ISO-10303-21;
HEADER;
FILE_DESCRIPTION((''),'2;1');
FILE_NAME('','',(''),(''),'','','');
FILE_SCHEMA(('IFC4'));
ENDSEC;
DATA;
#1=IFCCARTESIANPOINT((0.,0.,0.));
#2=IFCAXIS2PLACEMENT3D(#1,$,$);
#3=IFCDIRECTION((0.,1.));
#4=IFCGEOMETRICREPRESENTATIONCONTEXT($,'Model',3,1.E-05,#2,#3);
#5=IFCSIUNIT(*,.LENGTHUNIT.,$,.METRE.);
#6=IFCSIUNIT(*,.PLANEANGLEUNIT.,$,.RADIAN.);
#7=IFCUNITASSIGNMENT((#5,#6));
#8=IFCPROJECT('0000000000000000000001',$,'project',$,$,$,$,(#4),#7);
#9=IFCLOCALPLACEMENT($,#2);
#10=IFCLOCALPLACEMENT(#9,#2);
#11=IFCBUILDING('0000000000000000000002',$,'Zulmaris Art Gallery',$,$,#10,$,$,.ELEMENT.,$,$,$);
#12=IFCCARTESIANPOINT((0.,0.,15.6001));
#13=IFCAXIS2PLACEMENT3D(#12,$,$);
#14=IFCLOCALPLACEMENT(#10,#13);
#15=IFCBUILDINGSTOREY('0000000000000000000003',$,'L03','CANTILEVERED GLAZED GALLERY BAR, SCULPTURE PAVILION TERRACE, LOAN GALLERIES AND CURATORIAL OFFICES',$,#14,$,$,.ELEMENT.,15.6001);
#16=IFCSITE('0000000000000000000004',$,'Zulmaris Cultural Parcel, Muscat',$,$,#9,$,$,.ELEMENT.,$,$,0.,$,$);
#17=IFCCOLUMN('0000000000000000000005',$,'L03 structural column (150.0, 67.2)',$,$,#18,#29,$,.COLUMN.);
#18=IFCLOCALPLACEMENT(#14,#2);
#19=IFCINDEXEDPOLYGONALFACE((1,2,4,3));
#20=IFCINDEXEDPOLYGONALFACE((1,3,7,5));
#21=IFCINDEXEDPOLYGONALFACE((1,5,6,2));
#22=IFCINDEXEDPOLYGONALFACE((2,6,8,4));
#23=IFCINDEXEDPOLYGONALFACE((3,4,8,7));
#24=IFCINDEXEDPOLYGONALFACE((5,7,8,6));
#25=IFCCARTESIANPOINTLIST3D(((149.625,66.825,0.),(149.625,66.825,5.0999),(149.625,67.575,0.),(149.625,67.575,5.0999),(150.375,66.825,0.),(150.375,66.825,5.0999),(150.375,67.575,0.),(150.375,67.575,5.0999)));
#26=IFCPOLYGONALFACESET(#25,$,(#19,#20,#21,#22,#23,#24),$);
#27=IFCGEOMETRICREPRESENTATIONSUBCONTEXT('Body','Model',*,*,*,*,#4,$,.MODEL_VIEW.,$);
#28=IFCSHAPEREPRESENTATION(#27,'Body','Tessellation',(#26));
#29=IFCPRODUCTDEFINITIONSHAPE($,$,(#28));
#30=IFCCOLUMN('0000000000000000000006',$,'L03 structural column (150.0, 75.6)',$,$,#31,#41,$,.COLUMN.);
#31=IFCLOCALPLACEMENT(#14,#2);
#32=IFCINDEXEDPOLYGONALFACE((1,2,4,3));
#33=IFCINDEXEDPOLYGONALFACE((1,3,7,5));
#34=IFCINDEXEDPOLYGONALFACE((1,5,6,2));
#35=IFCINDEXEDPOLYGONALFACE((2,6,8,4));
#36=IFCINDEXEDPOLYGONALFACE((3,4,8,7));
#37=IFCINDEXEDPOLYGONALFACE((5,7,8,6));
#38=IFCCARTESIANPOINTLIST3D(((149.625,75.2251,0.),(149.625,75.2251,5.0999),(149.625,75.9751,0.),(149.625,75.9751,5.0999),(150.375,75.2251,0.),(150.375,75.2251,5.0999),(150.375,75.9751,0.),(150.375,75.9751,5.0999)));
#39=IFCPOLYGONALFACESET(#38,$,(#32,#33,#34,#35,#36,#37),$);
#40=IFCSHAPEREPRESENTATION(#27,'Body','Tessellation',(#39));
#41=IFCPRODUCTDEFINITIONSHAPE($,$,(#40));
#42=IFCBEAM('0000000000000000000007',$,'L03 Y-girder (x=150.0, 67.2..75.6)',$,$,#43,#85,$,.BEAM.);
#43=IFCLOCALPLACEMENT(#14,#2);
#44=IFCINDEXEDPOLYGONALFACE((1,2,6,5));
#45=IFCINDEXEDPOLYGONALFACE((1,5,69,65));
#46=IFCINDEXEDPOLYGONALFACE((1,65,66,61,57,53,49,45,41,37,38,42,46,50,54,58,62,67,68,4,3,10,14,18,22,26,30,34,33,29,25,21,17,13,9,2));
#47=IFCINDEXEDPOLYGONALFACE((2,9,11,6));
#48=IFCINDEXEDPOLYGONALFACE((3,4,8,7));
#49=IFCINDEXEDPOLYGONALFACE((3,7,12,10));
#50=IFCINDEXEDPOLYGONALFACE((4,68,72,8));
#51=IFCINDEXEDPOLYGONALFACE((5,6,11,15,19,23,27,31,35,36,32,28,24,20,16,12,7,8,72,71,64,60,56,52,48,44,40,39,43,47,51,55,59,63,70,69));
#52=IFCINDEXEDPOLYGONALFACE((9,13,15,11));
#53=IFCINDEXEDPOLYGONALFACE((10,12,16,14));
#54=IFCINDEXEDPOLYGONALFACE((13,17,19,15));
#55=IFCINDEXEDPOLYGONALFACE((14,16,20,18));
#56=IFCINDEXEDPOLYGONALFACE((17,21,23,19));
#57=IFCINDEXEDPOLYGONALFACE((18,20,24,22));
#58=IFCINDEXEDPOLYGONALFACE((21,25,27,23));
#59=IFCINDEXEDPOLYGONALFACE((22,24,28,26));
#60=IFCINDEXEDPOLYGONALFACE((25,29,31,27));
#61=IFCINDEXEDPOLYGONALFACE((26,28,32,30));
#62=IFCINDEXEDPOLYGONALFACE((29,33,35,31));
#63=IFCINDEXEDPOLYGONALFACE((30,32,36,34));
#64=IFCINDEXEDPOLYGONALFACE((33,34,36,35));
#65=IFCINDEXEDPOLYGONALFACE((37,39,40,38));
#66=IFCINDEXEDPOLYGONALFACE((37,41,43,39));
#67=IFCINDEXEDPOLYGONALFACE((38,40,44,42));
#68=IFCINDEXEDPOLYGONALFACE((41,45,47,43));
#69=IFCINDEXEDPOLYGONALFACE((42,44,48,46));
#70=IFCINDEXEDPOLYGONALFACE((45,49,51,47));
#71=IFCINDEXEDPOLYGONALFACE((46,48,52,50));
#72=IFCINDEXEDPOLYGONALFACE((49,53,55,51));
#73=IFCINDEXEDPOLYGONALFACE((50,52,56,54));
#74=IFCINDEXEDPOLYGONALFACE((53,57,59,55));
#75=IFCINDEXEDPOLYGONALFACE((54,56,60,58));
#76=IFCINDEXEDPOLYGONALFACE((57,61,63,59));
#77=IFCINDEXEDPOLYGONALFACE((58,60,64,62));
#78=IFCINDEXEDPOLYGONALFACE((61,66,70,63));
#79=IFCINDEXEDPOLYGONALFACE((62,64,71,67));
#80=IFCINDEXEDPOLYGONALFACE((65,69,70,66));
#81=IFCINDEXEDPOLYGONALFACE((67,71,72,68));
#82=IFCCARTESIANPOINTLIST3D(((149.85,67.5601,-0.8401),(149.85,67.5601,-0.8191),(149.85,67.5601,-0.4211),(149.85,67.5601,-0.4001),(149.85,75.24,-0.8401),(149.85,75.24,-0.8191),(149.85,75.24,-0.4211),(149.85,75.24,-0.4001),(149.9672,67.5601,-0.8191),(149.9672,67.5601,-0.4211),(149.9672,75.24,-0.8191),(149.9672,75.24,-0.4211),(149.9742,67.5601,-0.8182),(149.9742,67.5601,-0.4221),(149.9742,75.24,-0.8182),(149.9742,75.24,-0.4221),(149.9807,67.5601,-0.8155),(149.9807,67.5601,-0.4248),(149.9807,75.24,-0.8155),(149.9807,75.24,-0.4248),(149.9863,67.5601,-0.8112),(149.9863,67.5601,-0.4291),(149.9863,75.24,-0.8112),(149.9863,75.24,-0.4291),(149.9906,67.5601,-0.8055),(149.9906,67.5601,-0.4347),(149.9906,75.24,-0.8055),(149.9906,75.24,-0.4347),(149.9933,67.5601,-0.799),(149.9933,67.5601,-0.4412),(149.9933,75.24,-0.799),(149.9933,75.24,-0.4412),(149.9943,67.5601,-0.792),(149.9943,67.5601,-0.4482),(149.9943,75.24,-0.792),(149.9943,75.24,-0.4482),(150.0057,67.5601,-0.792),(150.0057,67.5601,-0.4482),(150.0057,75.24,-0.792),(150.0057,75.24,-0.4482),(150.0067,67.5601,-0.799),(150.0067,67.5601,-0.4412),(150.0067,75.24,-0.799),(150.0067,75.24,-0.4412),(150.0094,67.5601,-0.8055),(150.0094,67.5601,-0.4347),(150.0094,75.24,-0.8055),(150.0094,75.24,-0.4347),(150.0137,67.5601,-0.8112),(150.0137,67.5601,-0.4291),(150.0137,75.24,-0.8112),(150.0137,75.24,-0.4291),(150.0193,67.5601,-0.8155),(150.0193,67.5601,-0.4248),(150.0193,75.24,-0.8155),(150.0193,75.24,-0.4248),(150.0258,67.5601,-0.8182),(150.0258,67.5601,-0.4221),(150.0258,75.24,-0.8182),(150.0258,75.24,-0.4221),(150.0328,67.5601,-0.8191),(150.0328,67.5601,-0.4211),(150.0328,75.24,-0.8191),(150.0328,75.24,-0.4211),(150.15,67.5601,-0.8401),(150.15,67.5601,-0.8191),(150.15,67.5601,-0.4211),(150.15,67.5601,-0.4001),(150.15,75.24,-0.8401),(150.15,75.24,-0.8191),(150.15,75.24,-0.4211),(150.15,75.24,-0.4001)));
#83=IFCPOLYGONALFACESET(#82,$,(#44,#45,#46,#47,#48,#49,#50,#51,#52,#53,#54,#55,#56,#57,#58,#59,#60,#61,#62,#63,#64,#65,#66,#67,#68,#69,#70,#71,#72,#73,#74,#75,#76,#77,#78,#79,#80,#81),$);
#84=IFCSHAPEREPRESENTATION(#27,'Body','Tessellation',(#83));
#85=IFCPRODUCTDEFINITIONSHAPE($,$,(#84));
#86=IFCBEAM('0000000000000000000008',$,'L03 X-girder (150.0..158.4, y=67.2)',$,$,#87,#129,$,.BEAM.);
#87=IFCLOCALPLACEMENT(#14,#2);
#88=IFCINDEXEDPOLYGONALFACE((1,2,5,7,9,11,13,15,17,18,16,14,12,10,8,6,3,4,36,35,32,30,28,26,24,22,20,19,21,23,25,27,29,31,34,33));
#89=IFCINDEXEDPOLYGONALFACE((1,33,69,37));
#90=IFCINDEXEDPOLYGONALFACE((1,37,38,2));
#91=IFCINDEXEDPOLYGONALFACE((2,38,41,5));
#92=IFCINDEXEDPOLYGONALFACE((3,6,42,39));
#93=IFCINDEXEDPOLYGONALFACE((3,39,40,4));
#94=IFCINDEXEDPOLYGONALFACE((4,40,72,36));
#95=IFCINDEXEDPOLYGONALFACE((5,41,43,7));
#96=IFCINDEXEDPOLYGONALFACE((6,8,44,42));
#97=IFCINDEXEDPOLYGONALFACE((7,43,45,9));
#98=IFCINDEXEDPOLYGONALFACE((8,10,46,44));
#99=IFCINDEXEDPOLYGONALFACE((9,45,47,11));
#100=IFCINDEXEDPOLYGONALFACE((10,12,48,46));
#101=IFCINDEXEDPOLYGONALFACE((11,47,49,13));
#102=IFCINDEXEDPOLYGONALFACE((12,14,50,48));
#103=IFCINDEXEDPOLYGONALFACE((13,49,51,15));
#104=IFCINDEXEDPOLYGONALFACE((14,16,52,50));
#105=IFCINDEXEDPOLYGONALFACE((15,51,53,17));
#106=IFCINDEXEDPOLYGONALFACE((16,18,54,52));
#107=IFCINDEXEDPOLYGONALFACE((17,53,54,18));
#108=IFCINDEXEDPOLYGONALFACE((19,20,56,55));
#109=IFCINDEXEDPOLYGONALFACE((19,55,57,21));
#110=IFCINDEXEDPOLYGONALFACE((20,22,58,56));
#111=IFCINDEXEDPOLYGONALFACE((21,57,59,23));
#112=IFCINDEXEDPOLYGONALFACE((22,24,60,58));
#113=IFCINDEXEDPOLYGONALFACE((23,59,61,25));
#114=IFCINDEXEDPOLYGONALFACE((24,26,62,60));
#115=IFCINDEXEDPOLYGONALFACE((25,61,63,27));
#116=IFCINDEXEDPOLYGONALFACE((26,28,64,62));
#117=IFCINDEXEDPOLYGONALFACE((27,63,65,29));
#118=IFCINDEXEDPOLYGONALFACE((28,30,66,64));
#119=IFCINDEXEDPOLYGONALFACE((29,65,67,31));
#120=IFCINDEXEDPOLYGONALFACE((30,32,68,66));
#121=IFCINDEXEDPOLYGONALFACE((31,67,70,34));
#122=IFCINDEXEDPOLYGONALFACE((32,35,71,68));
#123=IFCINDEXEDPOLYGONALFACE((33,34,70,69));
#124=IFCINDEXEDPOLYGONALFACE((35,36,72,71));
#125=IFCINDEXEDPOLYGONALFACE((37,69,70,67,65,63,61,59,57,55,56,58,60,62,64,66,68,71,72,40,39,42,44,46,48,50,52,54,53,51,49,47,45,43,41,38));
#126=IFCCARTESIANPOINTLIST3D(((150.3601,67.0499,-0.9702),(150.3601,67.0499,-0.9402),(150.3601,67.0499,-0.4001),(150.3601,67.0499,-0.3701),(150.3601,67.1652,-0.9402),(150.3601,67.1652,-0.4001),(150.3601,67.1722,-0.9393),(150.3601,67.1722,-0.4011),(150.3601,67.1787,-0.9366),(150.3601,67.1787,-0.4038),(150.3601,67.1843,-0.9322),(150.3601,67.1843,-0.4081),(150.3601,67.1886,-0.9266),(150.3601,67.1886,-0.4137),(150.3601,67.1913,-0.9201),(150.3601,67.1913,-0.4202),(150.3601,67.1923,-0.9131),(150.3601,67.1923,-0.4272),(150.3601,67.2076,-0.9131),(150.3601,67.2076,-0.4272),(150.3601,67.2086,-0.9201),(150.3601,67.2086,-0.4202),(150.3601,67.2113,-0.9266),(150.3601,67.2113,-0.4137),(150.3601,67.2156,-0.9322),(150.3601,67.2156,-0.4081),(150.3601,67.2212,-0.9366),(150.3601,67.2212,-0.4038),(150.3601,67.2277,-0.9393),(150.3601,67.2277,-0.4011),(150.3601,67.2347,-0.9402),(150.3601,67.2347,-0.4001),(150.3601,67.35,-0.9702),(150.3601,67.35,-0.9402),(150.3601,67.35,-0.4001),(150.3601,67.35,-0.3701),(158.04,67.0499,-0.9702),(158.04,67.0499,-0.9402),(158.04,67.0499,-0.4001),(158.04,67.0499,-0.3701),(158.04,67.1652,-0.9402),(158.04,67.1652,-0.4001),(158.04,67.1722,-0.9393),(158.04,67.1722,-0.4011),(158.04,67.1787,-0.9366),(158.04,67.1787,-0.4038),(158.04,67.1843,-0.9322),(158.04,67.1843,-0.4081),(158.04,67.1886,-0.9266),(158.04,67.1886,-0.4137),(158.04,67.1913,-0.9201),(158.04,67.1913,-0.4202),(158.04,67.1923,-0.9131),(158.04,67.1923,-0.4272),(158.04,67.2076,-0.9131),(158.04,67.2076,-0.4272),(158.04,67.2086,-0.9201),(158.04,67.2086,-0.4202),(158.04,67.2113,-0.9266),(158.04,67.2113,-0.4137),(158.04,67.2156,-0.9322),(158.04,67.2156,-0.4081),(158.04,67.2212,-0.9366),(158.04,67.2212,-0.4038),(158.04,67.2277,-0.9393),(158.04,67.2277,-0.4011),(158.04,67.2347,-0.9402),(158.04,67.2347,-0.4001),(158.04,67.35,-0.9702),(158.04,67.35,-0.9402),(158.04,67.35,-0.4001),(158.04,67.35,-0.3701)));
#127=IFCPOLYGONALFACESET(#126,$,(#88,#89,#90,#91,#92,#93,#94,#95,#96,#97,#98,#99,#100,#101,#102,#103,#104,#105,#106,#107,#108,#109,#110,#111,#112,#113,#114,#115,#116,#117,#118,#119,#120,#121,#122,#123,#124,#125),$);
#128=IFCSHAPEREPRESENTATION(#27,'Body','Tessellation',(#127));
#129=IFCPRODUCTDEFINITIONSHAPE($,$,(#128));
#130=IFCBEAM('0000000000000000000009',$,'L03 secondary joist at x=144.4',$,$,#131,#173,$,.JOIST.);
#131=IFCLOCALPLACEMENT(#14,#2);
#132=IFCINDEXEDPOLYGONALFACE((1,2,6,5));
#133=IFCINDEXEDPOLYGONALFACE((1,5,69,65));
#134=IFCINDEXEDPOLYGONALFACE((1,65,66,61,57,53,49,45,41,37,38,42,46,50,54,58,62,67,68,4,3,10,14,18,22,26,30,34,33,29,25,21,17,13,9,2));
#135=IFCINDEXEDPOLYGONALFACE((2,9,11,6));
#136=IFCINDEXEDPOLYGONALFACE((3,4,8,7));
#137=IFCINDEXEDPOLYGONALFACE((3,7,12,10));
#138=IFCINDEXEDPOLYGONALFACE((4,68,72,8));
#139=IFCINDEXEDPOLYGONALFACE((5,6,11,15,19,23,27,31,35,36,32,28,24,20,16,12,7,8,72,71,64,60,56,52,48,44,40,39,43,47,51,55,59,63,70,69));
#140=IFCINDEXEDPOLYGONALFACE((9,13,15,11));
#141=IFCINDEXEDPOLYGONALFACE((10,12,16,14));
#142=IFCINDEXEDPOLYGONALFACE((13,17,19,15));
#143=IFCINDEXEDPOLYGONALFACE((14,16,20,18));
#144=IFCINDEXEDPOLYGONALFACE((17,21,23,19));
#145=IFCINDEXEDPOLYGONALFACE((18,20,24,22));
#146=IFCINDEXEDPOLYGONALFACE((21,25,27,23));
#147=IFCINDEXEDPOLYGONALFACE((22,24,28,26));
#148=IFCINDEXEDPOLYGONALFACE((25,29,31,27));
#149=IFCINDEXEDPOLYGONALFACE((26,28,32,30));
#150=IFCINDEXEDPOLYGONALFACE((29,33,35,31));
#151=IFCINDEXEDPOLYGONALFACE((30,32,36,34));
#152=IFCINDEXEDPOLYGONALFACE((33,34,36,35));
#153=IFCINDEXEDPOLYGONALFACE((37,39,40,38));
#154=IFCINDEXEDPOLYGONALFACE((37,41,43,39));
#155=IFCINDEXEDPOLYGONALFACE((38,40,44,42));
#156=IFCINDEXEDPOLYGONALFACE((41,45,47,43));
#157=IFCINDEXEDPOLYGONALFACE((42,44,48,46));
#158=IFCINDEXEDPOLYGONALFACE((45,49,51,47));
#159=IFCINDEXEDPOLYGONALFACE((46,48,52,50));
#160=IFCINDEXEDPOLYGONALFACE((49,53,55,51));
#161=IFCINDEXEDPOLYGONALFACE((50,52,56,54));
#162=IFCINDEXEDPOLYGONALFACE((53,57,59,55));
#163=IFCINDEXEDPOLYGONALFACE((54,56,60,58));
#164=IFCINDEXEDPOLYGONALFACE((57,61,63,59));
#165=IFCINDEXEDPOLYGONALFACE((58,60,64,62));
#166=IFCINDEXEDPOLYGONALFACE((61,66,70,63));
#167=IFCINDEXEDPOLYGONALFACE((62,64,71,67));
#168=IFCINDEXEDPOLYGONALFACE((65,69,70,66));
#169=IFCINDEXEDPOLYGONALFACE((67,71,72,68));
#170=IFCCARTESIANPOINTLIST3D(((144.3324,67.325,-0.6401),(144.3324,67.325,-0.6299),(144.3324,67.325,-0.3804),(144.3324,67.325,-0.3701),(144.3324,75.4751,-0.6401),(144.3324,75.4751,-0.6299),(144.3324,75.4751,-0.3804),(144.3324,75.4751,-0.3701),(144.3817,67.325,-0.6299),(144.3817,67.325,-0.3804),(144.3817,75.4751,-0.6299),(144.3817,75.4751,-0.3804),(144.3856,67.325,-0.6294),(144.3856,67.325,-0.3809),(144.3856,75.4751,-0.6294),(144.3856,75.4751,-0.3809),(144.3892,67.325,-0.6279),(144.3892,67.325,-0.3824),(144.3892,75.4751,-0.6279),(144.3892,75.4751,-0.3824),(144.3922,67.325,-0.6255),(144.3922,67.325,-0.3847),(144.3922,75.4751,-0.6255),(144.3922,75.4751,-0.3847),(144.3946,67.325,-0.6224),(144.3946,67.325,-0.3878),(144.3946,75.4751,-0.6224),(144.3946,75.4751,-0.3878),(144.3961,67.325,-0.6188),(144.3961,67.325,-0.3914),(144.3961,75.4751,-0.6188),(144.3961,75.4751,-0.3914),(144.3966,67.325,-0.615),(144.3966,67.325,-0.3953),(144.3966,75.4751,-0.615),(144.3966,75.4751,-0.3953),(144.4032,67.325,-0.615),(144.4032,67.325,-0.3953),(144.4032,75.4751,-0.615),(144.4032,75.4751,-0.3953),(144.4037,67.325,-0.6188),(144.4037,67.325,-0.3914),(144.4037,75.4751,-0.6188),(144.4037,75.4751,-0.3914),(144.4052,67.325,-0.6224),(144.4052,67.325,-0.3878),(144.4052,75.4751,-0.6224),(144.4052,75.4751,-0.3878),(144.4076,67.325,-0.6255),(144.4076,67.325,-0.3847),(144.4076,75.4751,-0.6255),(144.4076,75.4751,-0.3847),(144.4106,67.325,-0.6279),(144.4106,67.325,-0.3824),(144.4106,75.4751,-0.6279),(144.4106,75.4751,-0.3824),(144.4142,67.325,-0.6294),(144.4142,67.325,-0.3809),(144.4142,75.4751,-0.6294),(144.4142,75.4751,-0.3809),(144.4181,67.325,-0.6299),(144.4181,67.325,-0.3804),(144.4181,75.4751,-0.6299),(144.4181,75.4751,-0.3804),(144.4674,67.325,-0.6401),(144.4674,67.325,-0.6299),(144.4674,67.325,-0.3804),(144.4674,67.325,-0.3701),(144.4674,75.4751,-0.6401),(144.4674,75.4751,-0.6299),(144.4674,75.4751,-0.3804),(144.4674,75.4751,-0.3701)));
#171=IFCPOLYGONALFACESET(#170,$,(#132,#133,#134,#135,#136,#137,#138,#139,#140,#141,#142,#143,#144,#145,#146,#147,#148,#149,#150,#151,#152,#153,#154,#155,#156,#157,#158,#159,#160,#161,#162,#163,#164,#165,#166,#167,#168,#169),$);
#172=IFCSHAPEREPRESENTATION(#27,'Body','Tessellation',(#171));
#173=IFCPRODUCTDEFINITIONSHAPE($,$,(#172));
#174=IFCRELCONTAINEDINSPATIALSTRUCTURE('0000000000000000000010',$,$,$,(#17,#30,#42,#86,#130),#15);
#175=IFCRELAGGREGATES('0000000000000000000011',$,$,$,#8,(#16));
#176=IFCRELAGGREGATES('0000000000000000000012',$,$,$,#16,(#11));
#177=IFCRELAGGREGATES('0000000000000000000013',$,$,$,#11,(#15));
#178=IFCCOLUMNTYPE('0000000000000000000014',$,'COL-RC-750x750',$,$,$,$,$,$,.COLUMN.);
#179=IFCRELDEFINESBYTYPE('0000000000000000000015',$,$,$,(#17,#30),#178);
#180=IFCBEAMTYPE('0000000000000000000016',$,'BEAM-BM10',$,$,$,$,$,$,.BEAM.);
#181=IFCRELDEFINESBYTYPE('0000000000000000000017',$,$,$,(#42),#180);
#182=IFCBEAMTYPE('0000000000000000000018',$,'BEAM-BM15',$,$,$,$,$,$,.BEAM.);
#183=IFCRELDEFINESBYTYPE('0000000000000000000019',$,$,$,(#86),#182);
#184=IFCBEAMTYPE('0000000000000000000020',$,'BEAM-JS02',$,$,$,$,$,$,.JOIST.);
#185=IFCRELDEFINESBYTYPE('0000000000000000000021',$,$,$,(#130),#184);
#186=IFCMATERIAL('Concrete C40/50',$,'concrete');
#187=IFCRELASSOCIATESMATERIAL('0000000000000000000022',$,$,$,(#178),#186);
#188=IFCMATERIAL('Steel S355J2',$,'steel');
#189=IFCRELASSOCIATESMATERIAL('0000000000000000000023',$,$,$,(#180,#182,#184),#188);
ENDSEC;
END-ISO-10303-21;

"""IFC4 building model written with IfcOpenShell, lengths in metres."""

from ifc_helpers import new_model, si_unit, direction, frame, origin, origin_2d, place, context, subcontext, project, spatial, rectangle, i_section, extrude, material, material_profile, profile_set, type_object, element, save


model = new_model("IFC4")

# Units and contexts
model_context = context("Model", 3, precision=1e-05, world=origin(), true_north=direction((0.0, 1.0)))
body_context = subcontext(model_context, "Body", "Model", "MODEL_VIEW")
ifc_project = project(units=[si_unit("LENGTHUNIT", "METRE"), si_unit("PLANEANGLEUNIT", "RADIAN")], contexts=[model_context])

# Site, building, storey
site_placement = place(None, origin())
site = spatial("IfcSite", under=ifc_project, at=site_placement, Name="Zulmaris Cultural Parcel, Muscat", CompositionType="ELEMENT", RefElevation=0.0)
building_placement = place(site_placement, origin())
building = spatial("IfcBuilding", under=site, at=building_placement, Name="Zulmaris Art Gallery", CompositionType="ELEMENT")
storey_placement = place(building_placement, frame((0.0, 0.0, 15.6001)))
storey = spatial("IfcBuildingStorey", under=building, at=storey_placement, Name="L03", Description="CANTILEVERED GLAZED GALLERY BAR, SCULPTURE PAVILION TERRACE, LOAN GALLERIES AND CURATORIAL OFFICES", CompositionType="ELEMENT", Elevation=15.6001)

# Columns
ifc_material_1 = material(Name="Concrete C40/50", Category="concrete")
ifc_material_profile_1 = material_profile(ifc_material_1, rectangle(XDim=0.75, YDim=0.75, at=origin_2d()), Name="RC 750x750")
ifc_profile_set_1 = profile_set([ifc_material_profile_1], Name="Concrete C40/50")
column_type = type_object("IfcColumnType", Name="COL-RC-750x750", PredefinedType="COLUMN", material=ifc_profile_set_1)
for number, where, z_axis, x_axis, name in (
    (1, (150.0, 67.2, 0.0), (0.0, 0.0, 1.0), (1.0, 0.0, 0.0), "L03 structural column (150.0, 67.2)"),
    (2, (150.0, 75.6001, 0.0), (0.0, 0.0, 1.0), (1.0, 0.0, 0.0), "L03 structural column (150.0, 75.6)"),
):
    element("IfcColumn", number, at=place(storey_placement, frame(where, z_axis=z_axis, x_axis=x_axis)), inside=storey, type_object=column_type, Name=name, PredefinedType="COLUMN", context=body_context, shape_type="SweptSolid", body=[
        extrude(rectangle(XDim=0.75, YDim=0.75, at=origin_2d()), origin(), (0.0, 0.0, 1.0), 5.0999),
    ])

# Beams
ifc_material_2 = material(Name="Steel S355J2", Category="steel")
ifc_material_profile_2 = material_profile(ifc_material_2, i_section(OverallWidth=0.3, OverallDepth=0.4399, WebThickness=0.0115, FlangeThickness=0.021, FilletRadius=0.0271, at=origin_2d()), Name="HEA 450")
ifc_profile_set_2 = profile_set([ifc_material_profile_2], Name="Steel S355J2")
beam_type_1 = type_object("IfcBeamType", Name="BEAM-BM10", PredefinedType="BEAM", material=ifc_profile_set_2)
beam_1_placement = place(storey_placement, frame((150.0, 67.5601, -0.6201), z_axis=(0.0, 1.0, 0.0), x_axis=(-1.0, 0.0, 0.0)))
element("IfcBeam", 3, at=beam_1_placement, inside=storey, type_object=beam_type_1, Name="L03 Y-girder (x=150.0, 67.2..75.6)", PredefinedType="BEAM", context=body_context, shape_type="SweptSolid", body=[
    extrude(i_section(OverallWidth=0.3, OverallDepth=0.4399, WebThickness=0.0115, FlangeThickness=0.021, FilletRadius=0.0271, at=origin_2d()), origin(), (0.0, 0.0, 1.0), 7.6799),
])
ifc_material_profile_3 = material_profile(ifc_material_2, i_section(OverallWidth=0.3, OverallDepth=0.6001, WebThickness=0.0154, FlangeThickness=0.03, FilletRadius=0.0271, at=origin_2d()), Name="HEB 600")
ifc_profile_set_3 = profile_set([ifc_material_profile_3], Name="Steel S355J2")
beam_type_2 = type_object("IfcBeamType", Name="BEAM-BM15", PredefinedType="BEAM", material=ifc_profile_set_3)
beam_2_placement = place(storey_placement, frame((150.3601, 67.2, -0.6702), z_axis=(1.0, 0.0, 0.0), x_axis=(0.0, 1.0, 0.0)))
element("IfcBeam", 4, at=beam_2_placement, inside=storey, type_object=beam_type_2, Name="L03 X-girder (150.0..158.4, y=67.2)", PredefinedType="BEAM", context=body_context, shape_type="SweptSolid", body=[
    extrude(i_section(OverallWidth=0.3, OverallDepth=0.6001, WebThickness=0.0154, FlangeThickness=0.03, FilletRadius=0.0271, at=origin_2d()), origin(), (0.0, 0.0, 1.0), 7.6799),
])
ifc_material_profile_4 = material_profile(ifc_material_2, i_section(OverallWidth=0.135, OverallDepth=0.27, WebThickness=0.0066, FlangeThickness=0.0103, FilletRadius=0.0149, at=origin_2d()), Name="IPE 270")
ifc_profile_set_4 = profile_set([ifc_material_profile_4], Name="Steel S355J2")
beam_type_3 = type_object("IfcBeamType", Name="BEAM-JS02", PredefinedType="JOIST", material=ifc_profile_set_4)
beam_3_placement = place(storey_placement, frame((144.3999, 67.325, -0.5051), z_axis=(0.0, 1.0, 0.0), x_axis=(-1.0, 0.0, 0.0)))
element("IfcBeam", 5, at=beam_3_placement, inside=storey, type_object=beam_type_3, Name="L03 secondary joist at x=144.4", PredefinedType="JOIST", context=body_context, shape_type="SweptSolid", body=[
    extrude(i_section(OverallWidth=0.135, OverallDepth=0.27, WebThickness=0.0066, FlangeThickness=0.0103, FilletRadius=0.0149, at=origin_2d()), origin(), (0.0, 0.0, 1.0), 8.1501),
])

save(model, "model.ifc")
